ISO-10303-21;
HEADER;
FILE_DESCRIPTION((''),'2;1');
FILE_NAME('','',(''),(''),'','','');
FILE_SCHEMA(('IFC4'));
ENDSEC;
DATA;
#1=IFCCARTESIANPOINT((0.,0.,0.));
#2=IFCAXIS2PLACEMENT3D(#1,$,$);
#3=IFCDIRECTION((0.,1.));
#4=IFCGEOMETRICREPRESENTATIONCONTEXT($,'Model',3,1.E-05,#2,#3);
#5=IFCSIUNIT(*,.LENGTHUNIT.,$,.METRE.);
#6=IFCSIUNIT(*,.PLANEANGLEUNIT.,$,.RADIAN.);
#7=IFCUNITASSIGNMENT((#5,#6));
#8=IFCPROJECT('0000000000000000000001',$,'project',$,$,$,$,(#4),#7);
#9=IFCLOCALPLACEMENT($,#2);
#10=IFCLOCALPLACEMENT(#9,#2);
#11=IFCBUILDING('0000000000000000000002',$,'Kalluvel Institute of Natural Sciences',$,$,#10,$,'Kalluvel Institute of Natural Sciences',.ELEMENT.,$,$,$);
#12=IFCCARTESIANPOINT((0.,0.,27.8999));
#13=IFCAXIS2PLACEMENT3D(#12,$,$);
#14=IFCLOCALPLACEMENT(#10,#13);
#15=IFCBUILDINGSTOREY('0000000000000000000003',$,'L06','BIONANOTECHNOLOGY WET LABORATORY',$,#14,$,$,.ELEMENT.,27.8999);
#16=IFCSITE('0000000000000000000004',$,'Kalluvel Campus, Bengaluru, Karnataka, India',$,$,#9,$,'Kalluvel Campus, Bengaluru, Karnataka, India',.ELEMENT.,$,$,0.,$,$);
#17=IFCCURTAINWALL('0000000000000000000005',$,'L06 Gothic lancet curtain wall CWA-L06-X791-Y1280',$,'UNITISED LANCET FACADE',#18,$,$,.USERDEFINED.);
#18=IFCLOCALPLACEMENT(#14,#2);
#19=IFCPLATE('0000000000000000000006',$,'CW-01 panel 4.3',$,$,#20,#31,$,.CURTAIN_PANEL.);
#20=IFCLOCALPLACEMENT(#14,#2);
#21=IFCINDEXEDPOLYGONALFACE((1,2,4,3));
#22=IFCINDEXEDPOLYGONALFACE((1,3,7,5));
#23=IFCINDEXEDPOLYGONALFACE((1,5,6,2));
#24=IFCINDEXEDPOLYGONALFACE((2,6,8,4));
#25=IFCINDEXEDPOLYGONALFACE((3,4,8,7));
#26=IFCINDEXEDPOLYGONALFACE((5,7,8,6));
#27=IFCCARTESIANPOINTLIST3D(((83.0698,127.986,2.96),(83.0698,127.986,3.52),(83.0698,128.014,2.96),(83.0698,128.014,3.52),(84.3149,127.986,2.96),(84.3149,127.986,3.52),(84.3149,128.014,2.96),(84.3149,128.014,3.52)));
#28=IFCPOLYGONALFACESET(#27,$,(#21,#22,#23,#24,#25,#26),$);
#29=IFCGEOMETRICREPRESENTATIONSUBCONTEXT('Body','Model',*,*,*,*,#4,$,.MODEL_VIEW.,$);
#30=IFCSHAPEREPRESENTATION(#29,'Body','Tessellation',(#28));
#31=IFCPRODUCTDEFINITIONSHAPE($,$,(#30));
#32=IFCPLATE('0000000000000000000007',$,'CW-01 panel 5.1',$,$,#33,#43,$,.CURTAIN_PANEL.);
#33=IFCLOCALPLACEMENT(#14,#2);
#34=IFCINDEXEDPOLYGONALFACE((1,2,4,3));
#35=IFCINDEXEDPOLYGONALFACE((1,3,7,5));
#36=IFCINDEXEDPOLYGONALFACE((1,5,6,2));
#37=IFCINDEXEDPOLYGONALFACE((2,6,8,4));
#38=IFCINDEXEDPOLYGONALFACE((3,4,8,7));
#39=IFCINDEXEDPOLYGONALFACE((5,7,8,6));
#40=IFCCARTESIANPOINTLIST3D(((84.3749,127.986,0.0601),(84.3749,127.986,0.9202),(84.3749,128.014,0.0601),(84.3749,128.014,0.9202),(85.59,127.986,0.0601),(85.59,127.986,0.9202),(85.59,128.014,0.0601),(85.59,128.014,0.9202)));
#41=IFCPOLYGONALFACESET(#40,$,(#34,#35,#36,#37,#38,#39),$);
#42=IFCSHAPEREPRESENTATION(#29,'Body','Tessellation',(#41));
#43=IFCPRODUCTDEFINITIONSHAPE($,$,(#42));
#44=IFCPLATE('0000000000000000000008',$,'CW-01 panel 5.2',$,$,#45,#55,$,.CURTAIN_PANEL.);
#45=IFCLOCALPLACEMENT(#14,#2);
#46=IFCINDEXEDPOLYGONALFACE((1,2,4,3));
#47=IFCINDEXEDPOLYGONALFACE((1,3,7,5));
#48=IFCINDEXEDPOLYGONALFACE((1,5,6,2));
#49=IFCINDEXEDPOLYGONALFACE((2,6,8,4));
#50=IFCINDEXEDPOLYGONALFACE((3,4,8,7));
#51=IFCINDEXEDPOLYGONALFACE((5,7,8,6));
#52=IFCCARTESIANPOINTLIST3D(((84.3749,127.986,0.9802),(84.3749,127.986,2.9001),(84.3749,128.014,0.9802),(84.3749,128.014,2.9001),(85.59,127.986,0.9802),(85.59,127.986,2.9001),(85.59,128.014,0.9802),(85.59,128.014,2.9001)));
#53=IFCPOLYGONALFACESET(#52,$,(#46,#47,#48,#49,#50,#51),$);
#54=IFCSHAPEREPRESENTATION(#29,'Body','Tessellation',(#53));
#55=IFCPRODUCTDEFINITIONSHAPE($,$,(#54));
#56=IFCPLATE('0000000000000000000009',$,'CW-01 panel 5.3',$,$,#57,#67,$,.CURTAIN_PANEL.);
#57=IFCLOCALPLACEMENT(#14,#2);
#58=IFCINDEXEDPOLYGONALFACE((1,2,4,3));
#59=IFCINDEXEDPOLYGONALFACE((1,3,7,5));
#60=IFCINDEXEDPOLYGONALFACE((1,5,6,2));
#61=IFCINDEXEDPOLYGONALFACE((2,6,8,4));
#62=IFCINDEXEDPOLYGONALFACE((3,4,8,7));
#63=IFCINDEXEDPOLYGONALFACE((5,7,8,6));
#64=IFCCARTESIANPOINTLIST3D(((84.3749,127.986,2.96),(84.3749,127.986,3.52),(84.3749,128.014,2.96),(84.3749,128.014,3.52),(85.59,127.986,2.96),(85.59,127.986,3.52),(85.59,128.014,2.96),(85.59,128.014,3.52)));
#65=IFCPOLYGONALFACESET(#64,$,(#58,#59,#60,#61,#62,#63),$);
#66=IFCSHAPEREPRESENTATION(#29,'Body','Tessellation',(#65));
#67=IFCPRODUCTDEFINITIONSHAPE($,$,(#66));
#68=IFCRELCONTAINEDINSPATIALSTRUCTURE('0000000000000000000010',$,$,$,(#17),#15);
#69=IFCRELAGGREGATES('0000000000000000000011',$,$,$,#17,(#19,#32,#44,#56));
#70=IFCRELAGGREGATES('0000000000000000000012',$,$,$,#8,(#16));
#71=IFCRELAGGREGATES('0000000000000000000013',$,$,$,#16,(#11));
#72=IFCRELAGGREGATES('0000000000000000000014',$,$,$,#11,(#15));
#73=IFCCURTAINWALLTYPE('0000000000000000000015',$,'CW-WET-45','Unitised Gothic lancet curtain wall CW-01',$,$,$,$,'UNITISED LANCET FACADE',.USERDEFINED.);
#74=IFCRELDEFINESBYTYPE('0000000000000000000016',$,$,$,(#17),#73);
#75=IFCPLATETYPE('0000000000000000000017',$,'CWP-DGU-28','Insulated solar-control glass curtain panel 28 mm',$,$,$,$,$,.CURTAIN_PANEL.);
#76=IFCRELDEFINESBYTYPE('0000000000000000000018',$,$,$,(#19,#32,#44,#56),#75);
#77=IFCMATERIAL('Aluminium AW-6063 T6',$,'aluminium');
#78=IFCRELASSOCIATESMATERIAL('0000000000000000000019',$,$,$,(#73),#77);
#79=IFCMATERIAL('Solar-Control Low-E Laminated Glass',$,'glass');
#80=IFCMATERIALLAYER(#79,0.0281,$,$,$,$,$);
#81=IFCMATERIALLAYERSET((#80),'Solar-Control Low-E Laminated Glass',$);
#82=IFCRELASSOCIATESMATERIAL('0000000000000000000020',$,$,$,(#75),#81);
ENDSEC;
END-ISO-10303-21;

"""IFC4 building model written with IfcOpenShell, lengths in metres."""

from ifc_helpers import new_model, si_unit, direction, frame, origin, origin_2d, place, context, subcontext, project, spatial, rectangle, extrude, material, layer, layer_set, type_object, element, aggregate, save


model = new_model("IFC4")

# Units and contexts
model_context = context("Model", 3, precision=1e-05, world=origin(), true_north=direction((0.0, 1.0)))
body_context = subcontext(model_context, "Body", "Model", "MODEL_VIEW")
ifc_project = project(units=[si_unit("LENGTHUNIT", "METRE"), si_unit("PLANEANGLEUNIT", "RADIAN")], contexts=[model_context])

# Site, building, storey
site_placement = place(None, origin())
site = spatial("IfcSite", under=ifc_project, at=site_placement, Name="Kalluvel Campus, Bengaluru, Karnataka, India", LongName="Kalluvel Campus, Bengaluru, Karnataka, India", CompositionType="ELEMENT", RefElevation=0.0)
building_placement = place(site_placement, origin())
building = spatial("IfcBuilding", under=site, at=building_placement, Name="Kalluvel Institute of Natural Sciences", LongName="Kalluvel Institute of Natural Sciences", CompositionType="ELEMENT")
storey_placement = place(building_placement, frame((0.0, 0.0, 27.8999)))
storey = spatial("IfcBuildingStorey", under=building, at=storey_placement, Name="L06", Description="BIONANOTECHNOLOGY WET LABORATORY", CompositionType="ELEMENT", Elevation=27.8999)

# Curtain wall
ifc_material_1 = material(Name="Aluminium AW-6063 T6", Category="aluminium")
curtain_wall_type = type_object("IfcCurtainWallType", Name="CW-WET-45", Description="Unitised Gothic lancet curtain wall CW-01", ElementType="UNITISED LANCET FACADE", PredefinedType="USERDEFINED", material=ifc_material_1)
curtain_wall_placement = place(storey_placement, origin())
curtain_wall = element("IfcCurtainWall", 1, at=curtain_wall_placement, inside=storey, type_object=curtain_wall_type, Name="L06 Gothic lancet curtain wall CWA-L06-X791-Y1280", ObjectType="UNITISED LANCET FACADE", PredefinedType="USERDEFINED")

# Plates
ifc_material_2 = material(Name="Solar-Control Low-E Laminated Glass", Category="glass")
ifc_layer = layer(ifc_material_2, 0.0281)
ifc_layer_set = layer_set([ifc_layer], Name="Solar-Control Low-E Laminated Glass")
plate_type = type_object("IfcPlateType", Name="CWP-DGU-28", Description="Insulated solar-control glass curtain panel 28 mm", PredefinedType="CURTAIN_PANEL", material=ifc_layer_set)
plate_1_placement = place(storey_placement, frame((83.6924, 128.0, 2.96), z_axis=(0.0, 0.0, 1.0), x_axis=(1.0, 0.0, 0.0)))
plate_1 = element("IfcPlate", 2, at=plate_1_placement, type_object=plate_type, Name="CW-01 panel 4.3", PredefinedType="CURTAIN_PANEL", context=body_context, shape_type="SweptSolid", body=[
    extrude(rectangle(XDim=1.2451, YDim=0.0281, at=origin_2d()), origin(), (0.0, 0.0, 1.0), 0.5601),
])
plate_2_placement = place(storey_placement, frame((84.9824, 128.0, 0.0601), z_axis=(0.0, 0.0, 1.0), x_axis=(1.0, 0.0, 0.0)))
plate_2 = element("IfcPlate", 3, at=plate_2_placement, type_object=plate_type, Name="CW-01 panel 5.1", PredefinedType="CURTAIN_PANEL", context=body_context, shape_type="SweptSolid", body=[
    extrude(rectangle(XDim=1.2151, YDim=0.0281, at=origin_2d()), origin(), (0.0, 0.0, 1.0), 0.8601),
])
plate_3_placement = place(storey_placement, frame((84.9824, 128.0, 0.9802), z_axis=(0.0, 0.0, 1.0), x_axis=(1.0, 0.0, 0.0)))
plate_3 = element("IfcPlate", 4, at=plate_3_placement, type_object=plate_type, Name="CW-01 panel 5.2", PredefinedType="CURTAIN_PANEL", context=body_context, shape_type="SweptSolid", body=[
    extrude(rectangle(XDim=1.2151, YDim=0.0281, at=origin_2d()), origin(), (0.0, 0.0, 1.0), 1.9199),
])
plate_4_placement = place(storey_placement, frame((84.9824, 128.0, 2.96), z_axis=(0.0, 0.0, 1.0), x_axis=(1.0, 0.0, 0.0)))
plate_4 = element("IfcPlate", 5, at=plate_4_placement, type_object=plate_type, Name="CW-01 panel 5.3", PredefinedType="CURTAIN_PANEL", context=body_context, shape_type="SweptSolid", body=[
    extrude(rectangle(XDim=1.2151, YDim=0.0281, at=origin_2d()), origin(), (0.0, 0.0, 1.0), 0.5601),
])
aggregate(curtain_wall, [plate_1, plate_2, plate_3, plate_4])

save(model, "model.ifc")
